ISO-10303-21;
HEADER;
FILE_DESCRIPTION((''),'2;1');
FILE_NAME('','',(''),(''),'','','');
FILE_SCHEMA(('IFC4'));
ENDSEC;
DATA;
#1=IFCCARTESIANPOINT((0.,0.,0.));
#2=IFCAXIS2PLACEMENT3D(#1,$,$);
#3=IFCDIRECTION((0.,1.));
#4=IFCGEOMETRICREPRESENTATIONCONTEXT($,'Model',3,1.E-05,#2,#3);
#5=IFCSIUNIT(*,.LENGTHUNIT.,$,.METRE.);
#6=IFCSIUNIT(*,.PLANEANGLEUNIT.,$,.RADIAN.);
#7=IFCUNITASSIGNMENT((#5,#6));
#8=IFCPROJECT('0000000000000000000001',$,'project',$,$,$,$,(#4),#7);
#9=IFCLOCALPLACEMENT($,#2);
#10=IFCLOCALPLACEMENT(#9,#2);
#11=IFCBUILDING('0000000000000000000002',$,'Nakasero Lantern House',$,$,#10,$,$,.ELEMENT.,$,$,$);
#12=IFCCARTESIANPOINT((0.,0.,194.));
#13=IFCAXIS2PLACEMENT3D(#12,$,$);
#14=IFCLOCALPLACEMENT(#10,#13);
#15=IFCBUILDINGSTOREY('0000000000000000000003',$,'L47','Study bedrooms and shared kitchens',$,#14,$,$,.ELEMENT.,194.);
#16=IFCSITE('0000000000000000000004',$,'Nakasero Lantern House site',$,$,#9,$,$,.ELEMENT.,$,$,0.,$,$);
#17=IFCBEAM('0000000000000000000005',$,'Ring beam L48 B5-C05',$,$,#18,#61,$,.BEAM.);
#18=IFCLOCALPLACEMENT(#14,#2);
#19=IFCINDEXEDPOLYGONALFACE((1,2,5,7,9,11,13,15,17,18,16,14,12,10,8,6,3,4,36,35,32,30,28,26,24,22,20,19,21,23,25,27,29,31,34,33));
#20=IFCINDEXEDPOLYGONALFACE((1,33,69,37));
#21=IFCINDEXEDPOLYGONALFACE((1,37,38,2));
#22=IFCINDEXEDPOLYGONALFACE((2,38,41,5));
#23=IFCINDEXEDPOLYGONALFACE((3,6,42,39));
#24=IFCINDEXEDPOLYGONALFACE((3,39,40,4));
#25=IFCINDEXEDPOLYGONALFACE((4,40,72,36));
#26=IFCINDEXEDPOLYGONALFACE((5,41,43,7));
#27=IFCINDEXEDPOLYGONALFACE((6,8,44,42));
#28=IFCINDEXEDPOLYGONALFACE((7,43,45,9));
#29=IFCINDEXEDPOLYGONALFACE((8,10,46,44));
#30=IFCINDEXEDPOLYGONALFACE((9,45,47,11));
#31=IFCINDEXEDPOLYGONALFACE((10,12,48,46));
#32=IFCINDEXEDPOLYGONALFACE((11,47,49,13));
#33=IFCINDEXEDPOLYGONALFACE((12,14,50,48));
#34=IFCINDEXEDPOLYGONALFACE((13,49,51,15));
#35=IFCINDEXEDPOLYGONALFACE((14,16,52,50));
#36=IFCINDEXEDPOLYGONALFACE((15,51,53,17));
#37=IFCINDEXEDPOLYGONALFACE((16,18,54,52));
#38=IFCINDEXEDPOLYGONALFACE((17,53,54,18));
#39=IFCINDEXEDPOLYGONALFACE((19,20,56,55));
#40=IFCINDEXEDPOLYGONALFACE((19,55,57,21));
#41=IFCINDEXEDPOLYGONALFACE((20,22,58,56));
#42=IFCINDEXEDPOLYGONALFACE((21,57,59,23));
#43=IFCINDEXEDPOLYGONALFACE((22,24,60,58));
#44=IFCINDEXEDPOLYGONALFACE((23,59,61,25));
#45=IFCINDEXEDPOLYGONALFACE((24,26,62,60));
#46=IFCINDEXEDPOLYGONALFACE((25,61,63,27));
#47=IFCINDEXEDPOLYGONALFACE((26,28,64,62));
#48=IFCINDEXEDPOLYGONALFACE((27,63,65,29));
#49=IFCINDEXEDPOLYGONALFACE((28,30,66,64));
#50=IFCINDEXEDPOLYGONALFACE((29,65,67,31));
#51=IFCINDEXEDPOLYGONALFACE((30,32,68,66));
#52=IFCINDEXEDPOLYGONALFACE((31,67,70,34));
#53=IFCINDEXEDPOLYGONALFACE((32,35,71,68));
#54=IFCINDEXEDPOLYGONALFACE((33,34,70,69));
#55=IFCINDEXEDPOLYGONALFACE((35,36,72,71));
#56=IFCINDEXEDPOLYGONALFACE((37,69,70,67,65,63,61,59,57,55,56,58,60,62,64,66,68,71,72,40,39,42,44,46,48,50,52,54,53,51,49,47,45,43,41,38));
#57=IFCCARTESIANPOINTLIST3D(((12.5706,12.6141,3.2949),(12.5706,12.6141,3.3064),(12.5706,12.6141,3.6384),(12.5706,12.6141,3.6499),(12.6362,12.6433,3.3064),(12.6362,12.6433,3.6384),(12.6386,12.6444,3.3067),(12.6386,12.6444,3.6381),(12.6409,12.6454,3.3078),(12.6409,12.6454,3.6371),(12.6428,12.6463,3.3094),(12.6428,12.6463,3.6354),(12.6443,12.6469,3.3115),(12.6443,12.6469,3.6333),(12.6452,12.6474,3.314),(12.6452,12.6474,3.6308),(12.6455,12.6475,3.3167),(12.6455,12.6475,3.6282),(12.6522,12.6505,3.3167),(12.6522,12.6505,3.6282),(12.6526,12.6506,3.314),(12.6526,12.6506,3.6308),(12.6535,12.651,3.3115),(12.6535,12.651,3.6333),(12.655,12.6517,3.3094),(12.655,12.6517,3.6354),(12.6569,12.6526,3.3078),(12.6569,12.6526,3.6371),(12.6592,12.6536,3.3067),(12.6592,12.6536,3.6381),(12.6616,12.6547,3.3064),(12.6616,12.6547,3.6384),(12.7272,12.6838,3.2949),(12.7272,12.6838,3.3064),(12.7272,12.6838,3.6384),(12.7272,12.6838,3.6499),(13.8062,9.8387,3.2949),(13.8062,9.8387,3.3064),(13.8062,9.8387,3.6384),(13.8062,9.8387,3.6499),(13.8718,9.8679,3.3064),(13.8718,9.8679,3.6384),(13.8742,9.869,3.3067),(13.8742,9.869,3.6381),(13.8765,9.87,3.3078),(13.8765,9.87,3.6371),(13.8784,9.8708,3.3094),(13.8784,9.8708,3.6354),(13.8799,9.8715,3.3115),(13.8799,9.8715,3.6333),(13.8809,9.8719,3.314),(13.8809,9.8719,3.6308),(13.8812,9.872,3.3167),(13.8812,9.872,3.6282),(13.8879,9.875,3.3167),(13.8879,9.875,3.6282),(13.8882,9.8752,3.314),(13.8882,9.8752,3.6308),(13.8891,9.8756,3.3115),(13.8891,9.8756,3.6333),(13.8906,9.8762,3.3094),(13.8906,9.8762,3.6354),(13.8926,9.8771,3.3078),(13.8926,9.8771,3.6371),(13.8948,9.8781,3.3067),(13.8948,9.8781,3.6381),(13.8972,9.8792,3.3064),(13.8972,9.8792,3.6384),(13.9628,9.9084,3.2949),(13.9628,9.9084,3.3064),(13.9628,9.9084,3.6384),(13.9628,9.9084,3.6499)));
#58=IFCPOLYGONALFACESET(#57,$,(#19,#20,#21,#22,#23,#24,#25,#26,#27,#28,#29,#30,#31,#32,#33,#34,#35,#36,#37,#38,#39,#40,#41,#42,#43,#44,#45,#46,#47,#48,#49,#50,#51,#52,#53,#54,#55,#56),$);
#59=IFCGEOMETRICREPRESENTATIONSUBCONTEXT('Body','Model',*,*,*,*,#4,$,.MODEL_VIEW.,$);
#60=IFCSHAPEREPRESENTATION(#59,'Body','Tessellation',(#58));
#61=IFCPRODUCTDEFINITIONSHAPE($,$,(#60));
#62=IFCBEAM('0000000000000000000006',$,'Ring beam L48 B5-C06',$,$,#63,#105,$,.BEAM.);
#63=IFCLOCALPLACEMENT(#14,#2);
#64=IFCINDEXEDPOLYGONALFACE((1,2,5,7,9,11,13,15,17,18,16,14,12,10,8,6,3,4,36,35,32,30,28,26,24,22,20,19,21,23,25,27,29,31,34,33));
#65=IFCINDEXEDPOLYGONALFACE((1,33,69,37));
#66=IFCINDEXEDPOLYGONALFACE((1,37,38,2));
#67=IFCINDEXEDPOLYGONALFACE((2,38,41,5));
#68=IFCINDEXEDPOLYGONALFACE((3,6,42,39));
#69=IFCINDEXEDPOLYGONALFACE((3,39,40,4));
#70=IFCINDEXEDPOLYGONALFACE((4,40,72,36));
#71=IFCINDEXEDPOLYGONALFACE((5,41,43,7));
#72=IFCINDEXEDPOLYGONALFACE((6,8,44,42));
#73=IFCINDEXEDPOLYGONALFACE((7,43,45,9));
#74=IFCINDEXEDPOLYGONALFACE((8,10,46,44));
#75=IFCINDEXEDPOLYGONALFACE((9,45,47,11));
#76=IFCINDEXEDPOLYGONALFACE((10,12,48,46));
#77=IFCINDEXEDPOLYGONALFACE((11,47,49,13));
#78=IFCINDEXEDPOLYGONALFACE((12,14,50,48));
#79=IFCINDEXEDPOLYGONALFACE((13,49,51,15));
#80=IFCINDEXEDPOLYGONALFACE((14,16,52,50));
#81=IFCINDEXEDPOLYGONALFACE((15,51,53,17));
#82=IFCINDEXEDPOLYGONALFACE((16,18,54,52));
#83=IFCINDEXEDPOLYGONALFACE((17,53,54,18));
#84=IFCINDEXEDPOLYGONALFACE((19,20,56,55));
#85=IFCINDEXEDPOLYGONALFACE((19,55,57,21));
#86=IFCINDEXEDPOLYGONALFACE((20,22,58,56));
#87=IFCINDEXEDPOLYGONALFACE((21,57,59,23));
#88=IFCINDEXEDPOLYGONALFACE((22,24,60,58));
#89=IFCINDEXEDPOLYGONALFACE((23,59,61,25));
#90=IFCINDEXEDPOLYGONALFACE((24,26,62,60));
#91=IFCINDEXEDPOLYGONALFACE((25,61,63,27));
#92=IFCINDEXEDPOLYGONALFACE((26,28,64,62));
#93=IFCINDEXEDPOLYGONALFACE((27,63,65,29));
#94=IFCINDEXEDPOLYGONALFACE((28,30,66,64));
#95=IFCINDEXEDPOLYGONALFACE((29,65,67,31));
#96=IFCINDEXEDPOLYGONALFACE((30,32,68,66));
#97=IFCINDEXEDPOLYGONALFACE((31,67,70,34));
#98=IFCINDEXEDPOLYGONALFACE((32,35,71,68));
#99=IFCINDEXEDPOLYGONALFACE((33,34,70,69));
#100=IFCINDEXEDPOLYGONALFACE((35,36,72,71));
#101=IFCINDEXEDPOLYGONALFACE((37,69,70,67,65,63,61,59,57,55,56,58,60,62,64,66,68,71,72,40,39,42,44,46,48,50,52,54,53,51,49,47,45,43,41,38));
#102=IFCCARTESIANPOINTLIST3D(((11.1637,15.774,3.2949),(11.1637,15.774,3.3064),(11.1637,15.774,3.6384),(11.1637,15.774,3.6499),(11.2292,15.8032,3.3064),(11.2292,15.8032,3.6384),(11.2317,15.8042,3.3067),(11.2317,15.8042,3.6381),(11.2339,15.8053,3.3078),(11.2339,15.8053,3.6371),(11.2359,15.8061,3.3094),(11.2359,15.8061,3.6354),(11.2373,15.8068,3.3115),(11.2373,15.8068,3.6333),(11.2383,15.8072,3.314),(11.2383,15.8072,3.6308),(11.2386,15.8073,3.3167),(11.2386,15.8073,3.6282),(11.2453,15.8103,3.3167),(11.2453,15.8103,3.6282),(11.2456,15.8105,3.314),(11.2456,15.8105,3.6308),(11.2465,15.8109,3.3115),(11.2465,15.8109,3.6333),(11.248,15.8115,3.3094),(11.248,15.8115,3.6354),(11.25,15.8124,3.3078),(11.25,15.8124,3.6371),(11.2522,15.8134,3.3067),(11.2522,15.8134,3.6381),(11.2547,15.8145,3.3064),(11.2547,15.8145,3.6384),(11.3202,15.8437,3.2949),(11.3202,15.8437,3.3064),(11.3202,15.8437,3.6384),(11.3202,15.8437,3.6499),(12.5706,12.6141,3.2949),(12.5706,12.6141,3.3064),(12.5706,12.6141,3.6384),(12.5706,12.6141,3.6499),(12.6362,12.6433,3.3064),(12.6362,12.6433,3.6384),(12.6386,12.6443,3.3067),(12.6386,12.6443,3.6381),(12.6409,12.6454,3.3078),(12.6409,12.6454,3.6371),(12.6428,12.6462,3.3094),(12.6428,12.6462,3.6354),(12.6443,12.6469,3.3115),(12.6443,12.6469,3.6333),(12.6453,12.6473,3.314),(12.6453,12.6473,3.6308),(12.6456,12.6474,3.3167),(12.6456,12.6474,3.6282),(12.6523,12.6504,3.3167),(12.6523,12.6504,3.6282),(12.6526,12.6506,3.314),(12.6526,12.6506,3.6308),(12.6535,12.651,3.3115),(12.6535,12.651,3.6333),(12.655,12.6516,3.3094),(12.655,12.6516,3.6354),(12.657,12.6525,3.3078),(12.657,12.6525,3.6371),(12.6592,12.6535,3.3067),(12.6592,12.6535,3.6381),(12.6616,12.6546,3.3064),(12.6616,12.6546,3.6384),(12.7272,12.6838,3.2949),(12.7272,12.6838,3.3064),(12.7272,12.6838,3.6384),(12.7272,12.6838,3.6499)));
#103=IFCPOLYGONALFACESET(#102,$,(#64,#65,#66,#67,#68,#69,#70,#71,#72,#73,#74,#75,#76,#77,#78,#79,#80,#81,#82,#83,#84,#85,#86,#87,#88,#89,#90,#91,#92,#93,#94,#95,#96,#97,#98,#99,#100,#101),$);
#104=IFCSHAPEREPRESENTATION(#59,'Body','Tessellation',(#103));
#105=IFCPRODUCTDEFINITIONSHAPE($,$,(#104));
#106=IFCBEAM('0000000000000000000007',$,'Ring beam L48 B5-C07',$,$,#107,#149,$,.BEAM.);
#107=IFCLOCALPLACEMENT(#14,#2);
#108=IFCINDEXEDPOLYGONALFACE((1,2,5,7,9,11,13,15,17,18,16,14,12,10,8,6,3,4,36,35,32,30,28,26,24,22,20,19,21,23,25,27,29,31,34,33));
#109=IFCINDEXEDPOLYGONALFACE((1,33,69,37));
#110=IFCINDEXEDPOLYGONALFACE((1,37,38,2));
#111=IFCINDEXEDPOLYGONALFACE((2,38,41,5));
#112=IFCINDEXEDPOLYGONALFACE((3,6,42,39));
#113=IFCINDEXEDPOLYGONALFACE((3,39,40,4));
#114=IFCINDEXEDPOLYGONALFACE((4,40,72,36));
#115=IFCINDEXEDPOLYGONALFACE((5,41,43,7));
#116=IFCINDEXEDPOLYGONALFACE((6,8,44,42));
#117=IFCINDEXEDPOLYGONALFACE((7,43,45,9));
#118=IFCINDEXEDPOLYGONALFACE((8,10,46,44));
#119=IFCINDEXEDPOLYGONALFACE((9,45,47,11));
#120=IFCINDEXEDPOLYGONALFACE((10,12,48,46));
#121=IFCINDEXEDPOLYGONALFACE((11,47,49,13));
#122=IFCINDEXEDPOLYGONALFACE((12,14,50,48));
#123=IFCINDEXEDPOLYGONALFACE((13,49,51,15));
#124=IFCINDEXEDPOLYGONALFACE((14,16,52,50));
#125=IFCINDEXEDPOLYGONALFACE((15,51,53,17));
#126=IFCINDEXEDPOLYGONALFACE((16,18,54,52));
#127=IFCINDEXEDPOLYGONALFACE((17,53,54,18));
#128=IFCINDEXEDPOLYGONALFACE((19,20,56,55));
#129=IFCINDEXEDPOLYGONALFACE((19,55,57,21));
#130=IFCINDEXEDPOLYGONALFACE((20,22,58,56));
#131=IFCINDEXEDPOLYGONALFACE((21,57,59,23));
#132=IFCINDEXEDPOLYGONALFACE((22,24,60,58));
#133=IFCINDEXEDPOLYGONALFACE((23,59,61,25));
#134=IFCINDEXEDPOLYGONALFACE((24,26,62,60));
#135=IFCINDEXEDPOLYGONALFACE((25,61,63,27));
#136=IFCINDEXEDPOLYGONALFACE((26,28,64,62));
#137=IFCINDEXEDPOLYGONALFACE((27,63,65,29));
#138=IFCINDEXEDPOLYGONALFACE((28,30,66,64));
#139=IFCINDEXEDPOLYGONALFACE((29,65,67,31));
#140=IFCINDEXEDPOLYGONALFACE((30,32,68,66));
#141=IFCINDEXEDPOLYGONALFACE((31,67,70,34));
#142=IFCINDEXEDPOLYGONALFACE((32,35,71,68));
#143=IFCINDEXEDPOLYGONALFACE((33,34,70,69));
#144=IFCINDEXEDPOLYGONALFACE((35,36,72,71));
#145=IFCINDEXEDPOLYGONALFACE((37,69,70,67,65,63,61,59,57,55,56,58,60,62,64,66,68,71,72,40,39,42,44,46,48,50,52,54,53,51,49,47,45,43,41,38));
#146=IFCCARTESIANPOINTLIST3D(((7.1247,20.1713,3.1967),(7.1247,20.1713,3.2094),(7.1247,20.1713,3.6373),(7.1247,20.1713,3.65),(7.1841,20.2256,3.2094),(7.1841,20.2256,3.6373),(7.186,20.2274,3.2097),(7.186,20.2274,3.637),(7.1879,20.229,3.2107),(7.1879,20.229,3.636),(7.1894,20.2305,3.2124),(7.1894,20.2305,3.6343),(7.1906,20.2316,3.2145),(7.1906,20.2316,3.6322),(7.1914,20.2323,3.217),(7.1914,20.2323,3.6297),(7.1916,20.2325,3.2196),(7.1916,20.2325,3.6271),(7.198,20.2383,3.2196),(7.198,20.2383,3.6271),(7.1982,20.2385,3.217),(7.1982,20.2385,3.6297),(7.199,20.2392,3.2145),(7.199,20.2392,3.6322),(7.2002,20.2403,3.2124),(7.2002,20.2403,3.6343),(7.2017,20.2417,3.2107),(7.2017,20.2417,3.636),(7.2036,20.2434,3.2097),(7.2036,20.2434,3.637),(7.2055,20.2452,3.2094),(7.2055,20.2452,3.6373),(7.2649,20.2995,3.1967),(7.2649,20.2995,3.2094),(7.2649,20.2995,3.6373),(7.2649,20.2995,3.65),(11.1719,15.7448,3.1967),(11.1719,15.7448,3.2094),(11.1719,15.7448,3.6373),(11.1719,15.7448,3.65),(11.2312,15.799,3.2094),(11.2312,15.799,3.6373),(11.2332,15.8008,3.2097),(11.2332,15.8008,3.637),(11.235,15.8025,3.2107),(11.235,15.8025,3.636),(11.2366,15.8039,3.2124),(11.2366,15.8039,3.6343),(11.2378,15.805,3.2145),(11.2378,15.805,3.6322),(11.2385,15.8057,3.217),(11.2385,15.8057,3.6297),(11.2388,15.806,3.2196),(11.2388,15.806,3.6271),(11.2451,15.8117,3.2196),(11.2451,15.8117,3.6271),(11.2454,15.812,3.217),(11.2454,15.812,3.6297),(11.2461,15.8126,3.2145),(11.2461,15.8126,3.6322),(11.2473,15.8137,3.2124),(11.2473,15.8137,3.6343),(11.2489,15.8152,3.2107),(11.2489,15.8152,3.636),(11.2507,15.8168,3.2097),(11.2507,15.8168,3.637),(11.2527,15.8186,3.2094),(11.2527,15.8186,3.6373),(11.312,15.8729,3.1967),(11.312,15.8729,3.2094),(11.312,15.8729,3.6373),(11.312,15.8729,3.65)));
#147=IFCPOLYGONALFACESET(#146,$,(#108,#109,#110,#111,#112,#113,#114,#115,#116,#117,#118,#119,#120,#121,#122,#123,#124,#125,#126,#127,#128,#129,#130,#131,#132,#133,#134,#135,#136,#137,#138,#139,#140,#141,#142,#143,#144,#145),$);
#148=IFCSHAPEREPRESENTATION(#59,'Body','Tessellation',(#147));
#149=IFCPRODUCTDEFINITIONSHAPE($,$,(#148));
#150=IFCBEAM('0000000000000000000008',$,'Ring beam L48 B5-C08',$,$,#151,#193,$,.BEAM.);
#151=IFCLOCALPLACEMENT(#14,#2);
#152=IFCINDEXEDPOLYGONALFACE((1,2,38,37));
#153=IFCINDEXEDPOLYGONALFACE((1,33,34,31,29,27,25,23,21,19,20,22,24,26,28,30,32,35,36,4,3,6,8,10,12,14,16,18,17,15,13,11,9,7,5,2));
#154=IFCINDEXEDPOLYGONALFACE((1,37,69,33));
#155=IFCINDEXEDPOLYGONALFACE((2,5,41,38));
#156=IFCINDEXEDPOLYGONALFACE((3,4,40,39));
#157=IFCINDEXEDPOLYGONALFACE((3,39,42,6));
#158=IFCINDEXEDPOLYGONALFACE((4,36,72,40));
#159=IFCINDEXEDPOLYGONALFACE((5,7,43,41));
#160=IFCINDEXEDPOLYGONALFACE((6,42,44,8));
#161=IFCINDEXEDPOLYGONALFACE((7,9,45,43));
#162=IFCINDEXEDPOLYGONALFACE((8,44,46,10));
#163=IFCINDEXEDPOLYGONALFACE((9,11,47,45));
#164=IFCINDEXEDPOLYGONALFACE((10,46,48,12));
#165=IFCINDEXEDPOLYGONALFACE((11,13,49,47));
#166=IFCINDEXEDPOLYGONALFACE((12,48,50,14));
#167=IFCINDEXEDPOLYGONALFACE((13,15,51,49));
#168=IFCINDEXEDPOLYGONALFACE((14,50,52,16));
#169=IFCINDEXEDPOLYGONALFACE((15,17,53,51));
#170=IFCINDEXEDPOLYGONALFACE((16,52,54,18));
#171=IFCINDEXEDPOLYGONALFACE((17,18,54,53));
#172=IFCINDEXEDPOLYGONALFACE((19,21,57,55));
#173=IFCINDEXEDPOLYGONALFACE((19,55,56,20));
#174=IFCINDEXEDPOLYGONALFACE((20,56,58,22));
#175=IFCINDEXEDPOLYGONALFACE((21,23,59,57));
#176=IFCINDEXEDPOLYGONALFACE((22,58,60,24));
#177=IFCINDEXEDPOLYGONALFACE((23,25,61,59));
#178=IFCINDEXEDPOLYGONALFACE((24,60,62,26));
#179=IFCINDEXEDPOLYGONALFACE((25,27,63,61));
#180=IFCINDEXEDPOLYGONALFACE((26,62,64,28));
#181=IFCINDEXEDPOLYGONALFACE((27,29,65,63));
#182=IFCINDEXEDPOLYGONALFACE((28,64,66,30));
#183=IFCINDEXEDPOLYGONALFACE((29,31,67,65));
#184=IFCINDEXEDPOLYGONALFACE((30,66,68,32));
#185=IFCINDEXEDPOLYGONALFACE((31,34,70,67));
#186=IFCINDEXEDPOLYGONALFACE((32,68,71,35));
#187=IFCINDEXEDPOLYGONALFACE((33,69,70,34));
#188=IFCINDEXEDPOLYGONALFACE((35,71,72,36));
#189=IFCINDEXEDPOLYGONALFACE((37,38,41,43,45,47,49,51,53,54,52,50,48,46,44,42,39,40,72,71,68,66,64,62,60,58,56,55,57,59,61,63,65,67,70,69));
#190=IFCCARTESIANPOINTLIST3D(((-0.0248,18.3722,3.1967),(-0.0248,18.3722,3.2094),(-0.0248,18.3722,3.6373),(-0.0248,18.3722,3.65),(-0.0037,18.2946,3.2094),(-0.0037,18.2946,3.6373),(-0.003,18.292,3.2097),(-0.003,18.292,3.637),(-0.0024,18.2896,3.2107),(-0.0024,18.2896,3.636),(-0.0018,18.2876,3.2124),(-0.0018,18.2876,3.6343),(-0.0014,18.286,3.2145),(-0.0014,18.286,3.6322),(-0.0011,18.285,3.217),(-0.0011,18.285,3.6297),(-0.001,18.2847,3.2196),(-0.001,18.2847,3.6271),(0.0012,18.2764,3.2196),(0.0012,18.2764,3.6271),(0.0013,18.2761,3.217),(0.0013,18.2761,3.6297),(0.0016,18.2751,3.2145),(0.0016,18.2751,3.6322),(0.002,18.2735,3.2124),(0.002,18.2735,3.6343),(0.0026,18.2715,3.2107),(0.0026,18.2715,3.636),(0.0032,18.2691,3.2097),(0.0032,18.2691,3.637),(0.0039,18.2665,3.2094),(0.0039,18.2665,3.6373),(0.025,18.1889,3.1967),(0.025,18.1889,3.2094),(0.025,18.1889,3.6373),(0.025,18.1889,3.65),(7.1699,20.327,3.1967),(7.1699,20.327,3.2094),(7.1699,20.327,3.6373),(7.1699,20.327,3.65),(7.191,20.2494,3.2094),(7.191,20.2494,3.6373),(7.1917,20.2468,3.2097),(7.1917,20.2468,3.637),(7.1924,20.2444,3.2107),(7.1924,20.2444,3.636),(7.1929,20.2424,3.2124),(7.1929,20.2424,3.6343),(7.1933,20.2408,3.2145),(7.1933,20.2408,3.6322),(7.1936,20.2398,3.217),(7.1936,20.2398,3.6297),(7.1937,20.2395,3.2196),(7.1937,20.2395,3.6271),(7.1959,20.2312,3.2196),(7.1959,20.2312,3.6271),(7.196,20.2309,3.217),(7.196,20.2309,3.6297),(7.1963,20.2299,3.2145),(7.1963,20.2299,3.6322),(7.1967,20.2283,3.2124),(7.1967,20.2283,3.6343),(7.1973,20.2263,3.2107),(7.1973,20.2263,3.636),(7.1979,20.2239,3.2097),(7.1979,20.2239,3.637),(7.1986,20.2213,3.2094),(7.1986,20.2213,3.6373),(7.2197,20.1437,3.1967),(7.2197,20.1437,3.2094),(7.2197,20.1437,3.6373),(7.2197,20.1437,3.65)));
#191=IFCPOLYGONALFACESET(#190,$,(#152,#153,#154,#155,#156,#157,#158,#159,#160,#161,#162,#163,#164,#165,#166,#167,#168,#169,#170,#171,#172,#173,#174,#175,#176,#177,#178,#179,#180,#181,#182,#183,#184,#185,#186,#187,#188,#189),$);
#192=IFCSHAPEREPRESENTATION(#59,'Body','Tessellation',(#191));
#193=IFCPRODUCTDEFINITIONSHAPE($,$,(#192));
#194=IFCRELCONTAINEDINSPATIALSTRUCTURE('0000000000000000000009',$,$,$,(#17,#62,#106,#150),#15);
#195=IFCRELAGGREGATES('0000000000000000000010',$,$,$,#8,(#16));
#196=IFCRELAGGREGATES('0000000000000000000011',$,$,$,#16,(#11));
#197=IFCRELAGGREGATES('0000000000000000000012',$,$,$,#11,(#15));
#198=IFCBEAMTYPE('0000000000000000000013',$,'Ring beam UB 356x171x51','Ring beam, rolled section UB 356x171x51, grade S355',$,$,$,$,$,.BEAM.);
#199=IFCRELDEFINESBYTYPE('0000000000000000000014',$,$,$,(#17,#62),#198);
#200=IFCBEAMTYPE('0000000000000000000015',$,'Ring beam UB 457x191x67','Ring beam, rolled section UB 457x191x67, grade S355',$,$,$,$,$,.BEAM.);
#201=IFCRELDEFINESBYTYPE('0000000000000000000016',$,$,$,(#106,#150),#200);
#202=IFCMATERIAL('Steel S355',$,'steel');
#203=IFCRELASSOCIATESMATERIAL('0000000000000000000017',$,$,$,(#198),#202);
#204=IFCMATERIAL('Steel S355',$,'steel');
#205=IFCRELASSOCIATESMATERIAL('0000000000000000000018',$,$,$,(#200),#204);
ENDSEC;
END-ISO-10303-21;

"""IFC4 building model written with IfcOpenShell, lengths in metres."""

from ifc_helpers import new_model, si_unit, direction, frame, origin, origin_2d, place, context, subcontext, project, spatial, i_section, extrude, material, material_profile, profile_set, type_object, element, save


model = new_model("IFC4")

# Units and contexts
model_context = context("Model", 3, precision=1e-05, world=origin(), true_north=direction((0.0, 1.0)))
body_context = subcontext(model_context, "Body", "Model", "MODEL_VIEW")
ifc_project = project(units=[si_unit("LENGTHUNIT", "METRE"), si_unit("PLANEANGLEUNIT", "RADIAN")], contexts=[model_context])

# Site, building, storey
site_placement = place(None, origin())
site = spatial("IfcSite", under=ifc_project, at=site_placement, Name="Nakasero Lantern House site", CompositionType="ELEMENT", RefElevation=0.0)
building_placement = place(site_placement, origin())
building = spatial("IfcBuilding", under=site, at=building_placement, Name="Nakasero Lantern House", CompositionType="ELEMENT")
storey_placement = place(building_placement, frame((0.0, 0.0, 194.0)))
storey = spatial("IfcBuildingStorey", under=building, at=storey_placement, Name="L47", Description="Study bedrooms and shared kitchens", CompositionType="ELEMENT", Elevation=194.0)

# Beams
ifc_material_1 = material(Name="Steel S355", Category="steel")
ifc_material_profile_1 = material_profile(ifc_material_1, i_section(OverallWidth=0.1714, OverallDepth=0.355, WebThickness=0.0073, FlangeThickness=0.0115, FilletRadius=0.0103, at=origin_2d()), Name="UB 356x171x51")
ifc_profile_set_1 = profile_set([ifc_material_profile_1], Name="Steel S355")
beam_type_1 = type_object("IfcBeamType", Name="Ring beam UB 356x171x51", Description="Ring beam, rolled section UB 356x171x51, grade S355", PredefinedType="BEAM", material=ifc_profile_set_1)
beam_1_placement = place(storey_placement, frame((13.8845, 9.8735, 3.4724), z_axis=(-0.406713, 0.913556, 0.0), x_axis=(-0.913556, -0.406713, 0.0)))
element("IfcBeam", 1, at=beam_1_placement, inside=storey, type_object=beam_type_1, Name="Ring beam L48 B5-C05", PredefinedType="BEAM", context=body_context, shape_type="SweptSolid", body=[
    extrude(i_section(OverallWidth=0.1714, OverallDepth=0.355, WebThickness=0.0073, FlangeThickness=0.0115, FilletRadius=0.0103, at=origin_2d()), origin(), (0.0, 0.0, 1.0), 3.0381),
])
beam_2_placement = place(storey_placement, frame((12.6489, 12.6489, 3.4724), z_axis=(-0.406761, 0.913535, 0.0), x_axis=(-0.913535, -0.406761, 0.0)))
element("IfcBeam", 2, at=beam_2_placement, inside=storey, type_object=beam_type_1, Name="Ring beam L48 B5-C06", PredefinedType="BEAM", context=body_context, shape_type="SweptSolid", body=[
    extrude(i_section(OverallWidth=0.1714, OverallDepth=0.355, WebThickness=0.0073, FlangeThickness=0.0115, FilletRadius=0.0103, at=origin_2d()), origin(), (0.0, 0.0, 1.0), 3.459),
])
ifc_material_2 = material(Name="Steel S355", Category="steel")
ifc_material_profile_2 = material_profile(ifc_material_2, i_section(OverallWidth=0.1899, OverallDepth=0.4534, WebThickness=0.0085, FlangeThickness=0.0127, FilletRadius=0.0103, at=origin_2d()), Name="UB 457x191x67")
ifc_profile_set_2 = profile_set([ifc_material_profile_2], Name="Steel S355")
beam_type_2 = type_object("IfcBeamType", Name="Ring beam UB 457x191x67", Description="Ring beam, rolled section UB 457x191x67, grade S355", PredefinedType="BEAM", material=ifc_profile_set_2)
beam_3_placement = place(storey_placement, frame((11.2419, 15.8088, 3.4233), z_axis=(-0.674771, 0.738027, 0.0), x_axis=(-0.738027, -0.674771, 0.0)))
element("IfcBeam", 3, at=beam_3_placement, inside=storey, type_object=beam_type_2, Name="Ring beam L48 B5-C07", PredefinedType="BEAM", context=body_context, shape_type="SweptSolid", body=[
    extrude(i_section(OverallWidth=0.1899, OverallDepth=0.4534, WebThickness=0.0085, FlangeThickness=0.0127, FilletRadius=0.0103, at=origin_2d()), origin(), (0.0, 0.0, 1.0), 5.9978),
])
beam_4_placement = place(storey_placement, frame((7.1948, 20.2354, 3.4233), z_axis=(-0.965015, -0.262195, 0.0), x_axis=(0.262195, -0.965015, 0.0)))
element("IfcBeam", 4, at=beam_4_placement, inside=storey, type_object=beam_type_2, Name="Ring beam L48 B5-C08", PredefinedType="BEAM", context=body_context, shape_type="SweptSolid", body=[
    extrude(i_section(OverallWidth=0.1899, OverallDepth=0.4534, WebThickness=0.0085, FlangeThickness=0.0127, FilletRadius=0.0103, at=origin_2d()), origin(), (0.0, 0.0, 1.0), 7.4556),
])

save(model, "model.ifc")
